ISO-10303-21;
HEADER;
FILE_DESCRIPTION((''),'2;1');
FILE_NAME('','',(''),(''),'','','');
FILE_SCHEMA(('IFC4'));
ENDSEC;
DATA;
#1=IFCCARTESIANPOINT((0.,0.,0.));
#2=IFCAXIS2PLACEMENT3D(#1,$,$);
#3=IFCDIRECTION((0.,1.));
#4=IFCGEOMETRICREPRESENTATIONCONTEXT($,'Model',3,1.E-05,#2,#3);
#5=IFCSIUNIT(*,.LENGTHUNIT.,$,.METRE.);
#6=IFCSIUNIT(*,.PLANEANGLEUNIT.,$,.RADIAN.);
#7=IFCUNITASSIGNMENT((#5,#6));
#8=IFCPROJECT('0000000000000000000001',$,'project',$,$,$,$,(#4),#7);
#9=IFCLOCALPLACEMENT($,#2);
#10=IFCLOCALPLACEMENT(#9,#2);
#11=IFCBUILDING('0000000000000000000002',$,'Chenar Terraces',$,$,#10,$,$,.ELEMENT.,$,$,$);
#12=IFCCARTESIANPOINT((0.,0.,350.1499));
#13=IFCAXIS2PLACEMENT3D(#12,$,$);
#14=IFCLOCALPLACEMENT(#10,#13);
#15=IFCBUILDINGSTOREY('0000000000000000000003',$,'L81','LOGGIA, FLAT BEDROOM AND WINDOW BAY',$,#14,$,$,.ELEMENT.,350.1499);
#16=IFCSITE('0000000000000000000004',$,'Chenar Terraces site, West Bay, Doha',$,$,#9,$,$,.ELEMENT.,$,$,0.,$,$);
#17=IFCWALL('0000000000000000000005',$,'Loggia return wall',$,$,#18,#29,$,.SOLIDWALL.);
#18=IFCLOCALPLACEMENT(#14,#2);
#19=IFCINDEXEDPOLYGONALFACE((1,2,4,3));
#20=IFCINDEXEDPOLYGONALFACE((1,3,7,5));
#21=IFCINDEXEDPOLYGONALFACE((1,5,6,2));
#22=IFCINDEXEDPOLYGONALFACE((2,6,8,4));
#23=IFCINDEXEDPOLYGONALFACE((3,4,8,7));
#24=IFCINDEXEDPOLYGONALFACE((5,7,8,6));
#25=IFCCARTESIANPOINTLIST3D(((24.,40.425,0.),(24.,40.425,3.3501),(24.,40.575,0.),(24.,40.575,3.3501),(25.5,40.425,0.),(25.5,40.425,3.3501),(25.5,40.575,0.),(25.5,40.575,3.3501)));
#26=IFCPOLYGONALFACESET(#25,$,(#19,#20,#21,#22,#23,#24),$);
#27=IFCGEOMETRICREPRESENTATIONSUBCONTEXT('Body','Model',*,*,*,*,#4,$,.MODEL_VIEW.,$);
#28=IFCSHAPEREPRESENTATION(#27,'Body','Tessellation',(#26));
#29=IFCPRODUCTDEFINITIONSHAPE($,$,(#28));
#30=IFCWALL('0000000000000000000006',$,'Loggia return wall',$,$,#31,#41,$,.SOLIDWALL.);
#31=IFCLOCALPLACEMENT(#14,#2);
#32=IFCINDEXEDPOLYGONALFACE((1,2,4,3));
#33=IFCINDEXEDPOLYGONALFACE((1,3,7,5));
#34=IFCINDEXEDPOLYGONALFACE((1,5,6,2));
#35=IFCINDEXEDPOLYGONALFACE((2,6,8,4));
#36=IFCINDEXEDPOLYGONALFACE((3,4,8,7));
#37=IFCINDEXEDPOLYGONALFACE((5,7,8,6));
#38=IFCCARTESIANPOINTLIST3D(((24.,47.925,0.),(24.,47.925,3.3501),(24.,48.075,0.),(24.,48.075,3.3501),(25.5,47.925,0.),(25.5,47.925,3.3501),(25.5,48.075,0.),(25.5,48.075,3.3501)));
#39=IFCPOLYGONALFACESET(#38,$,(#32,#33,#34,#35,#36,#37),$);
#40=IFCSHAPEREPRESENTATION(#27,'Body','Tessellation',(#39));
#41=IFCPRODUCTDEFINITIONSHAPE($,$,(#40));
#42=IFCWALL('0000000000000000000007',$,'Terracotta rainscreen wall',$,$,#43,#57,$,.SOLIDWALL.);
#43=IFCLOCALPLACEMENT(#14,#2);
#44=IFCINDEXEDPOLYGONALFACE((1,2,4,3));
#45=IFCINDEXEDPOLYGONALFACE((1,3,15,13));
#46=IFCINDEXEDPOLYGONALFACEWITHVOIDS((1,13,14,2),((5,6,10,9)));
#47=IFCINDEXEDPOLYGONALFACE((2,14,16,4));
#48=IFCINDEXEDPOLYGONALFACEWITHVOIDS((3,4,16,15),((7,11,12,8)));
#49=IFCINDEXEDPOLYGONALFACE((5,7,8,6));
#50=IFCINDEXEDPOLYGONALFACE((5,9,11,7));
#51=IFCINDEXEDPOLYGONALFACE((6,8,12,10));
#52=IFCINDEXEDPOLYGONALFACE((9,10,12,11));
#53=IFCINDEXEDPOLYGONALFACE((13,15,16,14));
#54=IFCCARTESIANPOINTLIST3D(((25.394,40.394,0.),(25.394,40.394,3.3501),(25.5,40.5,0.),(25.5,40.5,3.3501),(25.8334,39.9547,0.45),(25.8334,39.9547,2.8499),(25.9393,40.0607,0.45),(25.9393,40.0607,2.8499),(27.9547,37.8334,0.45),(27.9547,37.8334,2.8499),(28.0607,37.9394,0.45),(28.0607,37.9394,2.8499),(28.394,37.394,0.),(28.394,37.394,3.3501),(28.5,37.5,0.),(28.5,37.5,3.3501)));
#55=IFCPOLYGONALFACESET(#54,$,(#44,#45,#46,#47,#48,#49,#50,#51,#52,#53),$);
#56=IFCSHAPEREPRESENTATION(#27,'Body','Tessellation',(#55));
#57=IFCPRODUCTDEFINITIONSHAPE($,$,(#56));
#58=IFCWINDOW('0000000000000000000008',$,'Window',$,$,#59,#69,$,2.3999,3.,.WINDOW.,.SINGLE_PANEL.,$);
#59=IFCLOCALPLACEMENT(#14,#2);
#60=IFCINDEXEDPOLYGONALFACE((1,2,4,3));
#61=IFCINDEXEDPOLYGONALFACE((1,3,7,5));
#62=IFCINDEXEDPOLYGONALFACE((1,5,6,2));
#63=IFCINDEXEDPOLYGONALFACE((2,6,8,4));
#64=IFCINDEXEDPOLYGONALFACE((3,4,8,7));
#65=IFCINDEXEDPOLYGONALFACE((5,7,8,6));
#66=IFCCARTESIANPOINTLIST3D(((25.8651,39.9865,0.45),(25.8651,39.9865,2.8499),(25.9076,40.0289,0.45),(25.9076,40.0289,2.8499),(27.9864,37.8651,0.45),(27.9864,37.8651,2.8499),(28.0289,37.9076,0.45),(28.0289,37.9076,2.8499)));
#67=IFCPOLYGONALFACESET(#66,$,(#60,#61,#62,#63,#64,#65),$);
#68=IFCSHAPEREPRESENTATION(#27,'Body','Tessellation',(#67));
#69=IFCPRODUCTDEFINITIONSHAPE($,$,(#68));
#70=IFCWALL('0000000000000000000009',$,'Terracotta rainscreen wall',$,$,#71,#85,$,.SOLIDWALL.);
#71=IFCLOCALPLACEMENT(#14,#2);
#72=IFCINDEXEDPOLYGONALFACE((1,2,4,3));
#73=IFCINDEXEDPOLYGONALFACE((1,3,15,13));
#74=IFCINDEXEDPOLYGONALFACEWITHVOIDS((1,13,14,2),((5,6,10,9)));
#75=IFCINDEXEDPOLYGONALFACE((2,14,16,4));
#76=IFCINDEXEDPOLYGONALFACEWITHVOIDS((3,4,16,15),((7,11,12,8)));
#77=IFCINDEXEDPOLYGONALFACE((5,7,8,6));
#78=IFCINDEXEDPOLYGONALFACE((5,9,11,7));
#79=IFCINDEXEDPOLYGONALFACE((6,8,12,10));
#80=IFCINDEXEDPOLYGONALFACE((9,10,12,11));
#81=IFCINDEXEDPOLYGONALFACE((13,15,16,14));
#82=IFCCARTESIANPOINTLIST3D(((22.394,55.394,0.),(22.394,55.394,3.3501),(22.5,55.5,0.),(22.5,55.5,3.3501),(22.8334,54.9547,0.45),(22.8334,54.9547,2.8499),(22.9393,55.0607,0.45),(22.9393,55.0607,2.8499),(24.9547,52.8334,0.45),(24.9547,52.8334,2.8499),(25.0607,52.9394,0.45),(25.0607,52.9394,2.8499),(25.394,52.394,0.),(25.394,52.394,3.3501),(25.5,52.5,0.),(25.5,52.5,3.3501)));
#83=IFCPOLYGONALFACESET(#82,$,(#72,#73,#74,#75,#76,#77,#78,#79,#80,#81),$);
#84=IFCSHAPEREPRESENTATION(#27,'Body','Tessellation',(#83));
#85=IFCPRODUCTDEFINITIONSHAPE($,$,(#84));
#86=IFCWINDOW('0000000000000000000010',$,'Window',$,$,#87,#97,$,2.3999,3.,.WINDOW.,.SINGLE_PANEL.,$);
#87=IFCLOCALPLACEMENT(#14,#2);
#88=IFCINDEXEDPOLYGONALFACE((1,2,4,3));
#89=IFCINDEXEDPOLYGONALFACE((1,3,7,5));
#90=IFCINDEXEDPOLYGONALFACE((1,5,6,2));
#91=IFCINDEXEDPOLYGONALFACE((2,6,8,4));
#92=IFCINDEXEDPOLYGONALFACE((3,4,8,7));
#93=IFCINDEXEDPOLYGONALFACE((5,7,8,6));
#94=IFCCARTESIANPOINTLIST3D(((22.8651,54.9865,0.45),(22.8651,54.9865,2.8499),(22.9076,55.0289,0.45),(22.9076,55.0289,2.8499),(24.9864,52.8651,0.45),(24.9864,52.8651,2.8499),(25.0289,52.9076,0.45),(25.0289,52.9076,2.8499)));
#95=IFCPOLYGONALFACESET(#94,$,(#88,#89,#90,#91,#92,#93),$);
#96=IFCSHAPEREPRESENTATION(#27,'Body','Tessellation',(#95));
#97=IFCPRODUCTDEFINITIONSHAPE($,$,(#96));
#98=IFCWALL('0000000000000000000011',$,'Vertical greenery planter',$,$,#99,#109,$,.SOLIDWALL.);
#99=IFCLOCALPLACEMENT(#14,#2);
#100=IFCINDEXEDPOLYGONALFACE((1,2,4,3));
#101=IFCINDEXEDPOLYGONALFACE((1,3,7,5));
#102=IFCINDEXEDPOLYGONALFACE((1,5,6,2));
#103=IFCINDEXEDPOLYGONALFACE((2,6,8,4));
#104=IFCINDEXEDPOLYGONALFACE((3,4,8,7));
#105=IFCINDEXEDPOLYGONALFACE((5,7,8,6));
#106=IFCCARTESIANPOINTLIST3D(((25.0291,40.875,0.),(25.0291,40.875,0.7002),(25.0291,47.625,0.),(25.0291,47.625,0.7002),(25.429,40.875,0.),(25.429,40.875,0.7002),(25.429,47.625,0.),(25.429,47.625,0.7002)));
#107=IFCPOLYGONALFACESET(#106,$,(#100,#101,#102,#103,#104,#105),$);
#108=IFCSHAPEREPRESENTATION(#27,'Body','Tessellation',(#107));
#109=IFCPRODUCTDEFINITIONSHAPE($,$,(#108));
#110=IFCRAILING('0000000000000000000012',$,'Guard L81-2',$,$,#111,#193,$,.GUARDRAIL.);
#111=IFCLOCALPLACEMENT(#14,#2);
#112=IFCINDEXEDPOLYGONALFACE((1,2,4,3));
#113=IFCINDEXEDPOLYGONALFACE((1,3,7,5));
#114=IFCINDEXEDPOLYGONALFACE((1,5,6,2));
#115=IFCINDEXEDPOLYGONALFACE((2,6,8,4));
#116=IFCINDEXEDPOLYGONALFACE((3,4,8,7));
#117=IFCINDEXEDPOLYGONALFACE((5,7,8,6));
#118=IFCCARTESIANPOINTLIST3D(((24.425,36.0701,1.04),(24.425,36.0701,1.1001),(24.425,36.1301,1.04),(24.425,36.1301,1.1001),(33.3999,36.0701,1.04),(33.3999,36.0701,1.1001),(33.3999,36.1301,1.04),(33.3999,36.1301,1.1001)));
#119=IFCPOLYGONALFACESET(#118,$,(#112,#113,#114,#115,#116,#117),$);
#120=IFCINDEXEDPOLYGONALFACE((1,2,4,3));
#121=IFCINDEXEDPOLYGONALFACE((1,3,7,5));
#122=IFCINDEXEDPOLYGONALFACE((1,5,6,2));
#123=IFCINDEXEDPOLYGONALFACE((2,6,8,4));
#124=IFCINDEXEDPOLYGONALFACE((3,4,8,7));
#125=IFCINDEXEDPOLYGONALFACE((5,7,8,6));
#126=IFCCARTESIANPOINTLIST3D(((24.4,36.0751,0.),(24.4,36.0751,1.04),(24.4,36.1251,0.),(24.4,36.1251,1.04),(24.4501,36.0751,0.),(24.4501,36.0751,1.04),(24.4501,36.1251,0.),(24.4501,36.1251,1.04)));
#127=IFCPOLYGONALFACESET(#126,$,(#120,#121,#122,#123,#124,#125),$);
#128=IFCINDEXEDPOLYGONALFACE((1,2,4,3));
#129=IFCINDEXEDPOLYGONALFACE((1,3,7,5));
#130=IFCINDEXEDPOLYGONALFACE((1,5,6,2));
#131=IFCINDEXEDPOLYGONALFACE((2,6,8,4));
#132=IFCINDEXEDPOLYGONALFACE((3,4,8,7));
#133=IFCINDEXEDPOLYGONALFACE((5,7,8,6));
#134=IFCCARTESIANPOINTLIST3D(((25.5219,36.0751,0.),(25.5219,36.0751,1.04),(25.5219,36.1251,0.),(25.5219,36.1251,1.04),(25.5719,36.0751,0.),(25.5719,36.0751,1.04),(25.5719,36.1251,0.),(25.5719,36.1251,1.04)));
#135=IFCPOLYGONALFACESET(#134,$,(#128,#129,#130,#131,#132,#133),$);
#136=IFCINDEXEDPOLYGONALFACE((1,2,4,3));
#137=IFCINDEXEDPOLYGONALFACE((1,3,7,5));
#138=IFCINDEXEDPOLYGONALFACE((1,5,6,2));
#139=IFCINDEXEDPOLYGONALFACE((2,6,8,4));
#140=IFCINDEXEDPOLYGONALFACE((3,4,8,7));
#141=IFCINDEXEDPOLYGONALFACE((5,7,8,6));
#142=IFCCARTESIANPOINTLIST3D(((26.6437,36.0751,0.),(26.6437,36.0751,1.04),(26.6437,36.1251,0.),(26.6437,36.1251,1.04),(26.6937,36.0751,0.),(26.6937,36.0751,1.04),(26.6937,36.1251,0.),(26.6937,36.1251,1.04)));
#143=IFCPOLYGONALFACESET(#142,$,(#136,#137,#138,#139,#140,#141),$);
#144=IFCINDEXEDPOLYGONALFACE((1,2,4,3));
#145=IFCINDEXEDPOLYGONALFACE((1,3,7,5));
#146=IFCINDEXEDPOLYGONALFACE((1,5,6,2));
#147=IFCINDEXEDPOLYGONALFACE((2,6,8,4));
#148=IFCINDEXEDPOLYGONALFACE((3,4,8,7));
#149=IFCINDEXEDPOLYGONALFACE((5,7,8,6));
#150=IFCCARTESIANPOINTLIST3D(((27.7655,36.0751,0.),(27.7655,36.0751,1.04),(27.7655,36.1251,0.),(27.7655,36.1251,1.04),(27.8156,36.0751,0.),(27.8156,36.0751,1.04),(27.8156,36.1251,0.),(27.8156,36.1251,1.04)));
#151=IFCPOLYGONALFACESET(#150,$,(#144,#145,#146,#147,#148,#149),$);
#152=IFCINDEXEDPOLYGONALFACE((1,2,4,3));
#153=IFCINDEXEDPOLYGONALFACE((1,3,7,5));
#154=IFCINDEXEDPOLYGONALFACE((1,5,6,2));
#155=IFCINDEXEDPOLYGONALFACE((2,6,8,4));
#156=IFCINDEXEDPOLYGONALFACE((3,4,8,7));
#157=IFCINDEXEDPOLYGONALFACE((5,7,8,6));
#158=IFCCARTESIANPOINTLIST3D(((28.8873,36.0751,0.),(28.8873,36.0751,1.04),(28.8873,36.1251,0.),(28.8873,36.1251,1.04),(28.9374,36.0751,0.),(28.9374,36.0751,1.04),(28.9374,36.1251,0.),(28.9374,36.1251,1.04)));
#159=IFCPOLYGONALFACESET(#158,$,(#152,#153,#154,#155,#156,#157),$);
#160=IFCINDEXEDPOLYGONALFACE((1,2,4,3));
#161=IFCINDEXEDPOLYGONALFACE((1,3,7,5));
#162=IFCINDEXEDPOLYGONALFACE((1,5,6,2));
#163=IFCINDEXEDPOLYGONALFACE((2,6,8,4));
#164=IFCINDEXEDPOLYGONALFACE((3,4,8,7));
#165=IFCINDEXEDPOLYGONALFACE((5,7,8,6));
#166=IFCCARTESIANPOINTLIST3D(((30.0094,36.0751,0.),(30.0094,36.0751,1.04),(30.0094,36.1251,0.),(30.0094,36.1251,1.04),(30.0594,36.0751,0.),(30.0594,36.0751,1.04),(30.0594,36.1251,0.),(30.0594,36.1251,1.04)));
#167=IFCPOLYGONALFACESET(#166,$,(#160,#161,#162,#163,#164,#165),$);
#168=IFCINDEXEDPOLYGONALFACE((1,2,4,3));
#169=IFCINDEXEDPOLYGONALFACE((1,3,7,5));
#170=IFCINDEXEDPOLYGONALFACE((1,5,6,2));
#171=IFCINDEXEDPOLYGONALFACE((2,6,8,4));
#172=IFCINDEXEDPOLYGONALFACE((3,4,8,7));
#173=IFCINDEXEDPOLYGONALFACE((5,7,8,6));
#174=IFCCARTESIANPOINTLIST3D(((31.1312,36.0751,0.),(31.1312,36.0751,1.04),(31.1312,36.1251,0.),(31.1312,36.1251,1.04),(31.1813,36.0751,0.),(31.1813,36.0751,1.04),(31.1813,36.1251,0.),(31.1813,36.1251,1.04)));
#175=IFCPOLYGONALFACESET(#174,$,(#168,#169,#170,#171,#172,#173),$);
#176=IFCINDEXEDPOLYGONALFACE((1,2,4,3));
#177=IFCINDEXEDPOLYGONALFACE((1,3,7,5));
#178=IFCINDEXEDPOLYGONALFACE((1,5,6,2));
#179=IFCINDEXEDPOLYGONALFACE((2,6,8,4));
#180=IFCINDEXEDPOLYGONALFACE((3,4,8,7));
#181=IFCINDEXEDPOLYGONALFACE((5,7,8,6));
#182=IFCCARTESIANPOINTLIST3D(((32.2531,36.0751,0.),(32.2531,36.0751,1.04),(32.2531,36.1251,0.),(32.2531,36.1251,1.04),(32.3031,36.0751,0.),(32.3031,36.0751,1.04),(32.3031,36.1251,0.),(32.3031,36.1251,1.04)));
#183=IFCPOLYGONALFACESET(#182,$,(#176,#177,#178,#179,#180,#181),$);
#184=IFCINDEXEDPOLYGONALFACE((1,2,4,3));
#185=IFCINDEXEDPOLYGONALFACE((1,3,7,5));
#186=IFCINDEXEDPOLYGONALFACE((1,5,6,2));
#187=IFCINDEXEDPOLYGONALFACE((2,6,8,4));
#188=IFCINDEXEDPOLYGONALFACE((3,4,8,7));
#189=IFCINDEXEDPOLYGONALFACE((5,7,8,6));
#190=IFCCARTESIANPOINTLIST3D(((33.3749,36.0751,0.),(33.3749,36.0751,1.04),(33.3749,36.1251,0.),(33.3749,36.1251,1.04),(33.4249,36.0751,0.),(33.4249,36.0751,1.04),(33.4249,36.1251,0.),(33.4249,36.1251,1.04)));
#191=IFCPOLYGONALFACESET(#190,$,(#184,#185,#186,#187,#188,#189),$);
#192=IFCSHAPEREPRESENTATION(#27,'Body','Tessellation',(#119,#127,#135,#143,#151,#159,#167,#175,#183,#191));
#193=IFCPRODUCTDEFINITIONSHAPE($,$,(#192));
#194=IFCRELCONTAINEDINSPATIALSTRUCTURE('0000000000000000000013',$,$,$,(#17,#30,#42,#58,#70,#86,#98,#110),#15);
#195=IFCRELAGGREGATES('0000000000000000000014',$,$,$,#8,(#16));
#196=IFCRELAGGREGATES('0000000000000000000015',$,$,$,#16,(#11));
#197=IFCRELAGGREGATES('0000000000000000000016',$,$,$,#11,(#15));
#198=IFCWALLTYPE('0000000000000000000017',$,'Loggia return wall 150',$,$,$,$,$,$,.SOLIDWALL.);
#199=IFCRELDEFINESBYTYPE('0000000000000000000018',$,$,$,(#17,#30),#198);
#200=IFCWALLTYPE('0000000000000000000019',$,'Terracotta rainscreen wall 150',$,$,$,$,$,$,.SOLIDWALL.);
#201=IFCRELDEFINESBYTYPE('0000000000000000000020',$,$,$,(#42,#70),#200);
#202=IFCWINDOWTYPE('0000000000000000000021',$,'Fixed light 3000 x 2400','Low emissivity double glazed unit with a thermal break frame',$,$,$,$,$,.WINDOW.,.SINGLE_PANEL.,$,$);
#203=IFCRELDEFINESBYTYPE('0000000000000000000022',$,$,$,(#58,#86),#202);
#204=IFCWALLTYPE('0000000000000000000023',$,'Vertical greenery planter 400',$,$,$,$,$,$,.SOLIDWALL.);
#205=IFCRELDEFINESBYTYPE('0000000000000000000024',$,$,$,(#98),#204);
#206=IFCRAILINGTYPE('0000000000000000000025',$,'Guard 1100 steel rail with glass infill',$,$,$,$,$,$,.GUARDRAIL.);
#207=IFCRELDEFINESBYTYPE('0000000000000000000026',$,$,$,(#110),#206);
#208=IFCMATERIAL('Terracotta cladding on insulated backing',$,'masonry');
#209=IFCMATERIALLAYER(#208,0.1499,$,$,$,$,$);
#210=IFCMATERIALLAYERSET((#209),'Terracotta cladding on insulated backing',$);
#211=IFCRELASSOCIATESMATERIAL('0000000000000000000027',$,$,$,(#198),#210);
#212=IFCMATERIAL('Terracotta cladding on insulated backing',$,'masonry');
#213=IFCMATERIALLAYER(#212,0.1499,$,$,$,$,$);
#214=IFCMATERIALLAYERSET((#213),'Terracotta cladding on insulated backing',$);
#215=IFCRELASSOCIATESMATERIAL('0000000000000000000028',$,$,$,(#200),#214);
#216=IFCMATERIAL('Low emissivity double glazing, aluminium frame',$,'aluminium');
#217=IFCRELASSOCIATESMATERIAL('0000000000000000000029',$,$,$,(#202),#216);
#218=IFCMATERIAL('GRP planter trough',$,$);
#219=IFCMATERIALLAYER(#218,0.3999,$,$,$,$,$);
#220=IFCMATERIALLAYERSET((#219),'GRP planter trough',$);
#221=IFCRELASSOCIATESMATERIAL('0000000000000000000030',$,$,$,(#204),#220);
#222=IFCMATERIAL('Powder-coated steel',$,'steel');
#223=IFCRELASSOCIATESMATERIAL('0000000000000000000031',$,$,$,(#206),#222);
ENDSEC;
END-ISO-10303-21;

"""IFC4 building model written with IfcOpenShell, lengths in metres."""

from ifc_helpers import new_model, si_unit, direction, frame, frame_2d, origin, origin_2d, place, context, subcontext, project, spatial, rectangle, extrude, material, layer, layer_set, type_object, element, fill, save


model = new_model("IFC4")

# Units and contexts
model_context = context("Model", 3, precision=1e-05, world=origin(), true_north=direction((0.0, 1.0)))
body_context = subcontext(model_context, "Body", "Model", "MODEL_VIEW")
ifc_project = project(units=[si_unit("LENGTHUNIT", "METRE"), si_unit("PLANEANGLEUNIT", "RADIAN")], contexts=[model_context])

# Site, building, storey
site_placement = place(None, origin())
site = spatial("IfcSite", under=ifc_project, at=site_placement, Name="Chenar Terraces site, West Bay, Doha", CompositionType="ELEMENT", RefElevation=0.0)
building_placement = place(site_placement, origin())
building = spatial("IfcBuilding", under=site, at=building_placement, Name="Chenar Terraces", CompositionType="ELEMENT")
storey_placement = place(building_placement, frame((0.0, 0.0, 350.1499)))
storey = spatial("IfcBuildingStorey", under=building, at=storey_placement, Name="L81", Description="LOGGIA, FLAT BEDROOM AND WINDOW BAY", CompositionType="ELEMENT", Elevation=350.1499)

# Walls
ifc_material_1 = material(Name="Terracotta cladding on insulated backing", Category="masonry")
ifc_layer_1 = layer(ifc_material_1, 0.1499)
ifc_layer_set_1 = layer_set([ifc_layer_1], Name="Terracotta cladding on insulated backing")
wall_type_1 = type_object("IfcWallType", Name="Loggia return wall 150", PredefinedType="SOLIDWALL", material=ifc_layer_set_1)
for number, where, z_axis, x_axis, name in (
    (1, (25.5, 40.5, 0.0), (0.0, 0.0, 1.0), (-1.0, 0.0, 0.0), "Loggia return wall"),
    (2, (25.5, 48.0, 0.0), (0.0, 0.0, 1.0), (-1.0, 0.0, 0.0), "Loggia return wall"),
):
    element("IfcWall", number, at=place(storey_placement, frame(where, z_axis=z_axis, x_axis=x_axis)), inside=storey, type_object=wall_type_1, Name=name, PredefinedType="SOLIDWALL", context=body_context, shape_type="SweptSolid", body=[
        extrude(rectangle(XDim=1.5, YDim=0.1499, at=frame_2d((0.75, 0.0))), origin(), (0.0, 0.0, 1.0), 3.3501),
    ])

# Walls, openings, windows
ifc_material_2 = material(Name="Terracotta cladding on insulated backing", Category="masonry")
ifc_layer_2 = layer(ifc_material_2, 0.1499)
ifc_layer_set_2 = layer_set([ifc_layer_2], Name="Terracotta cladding on insulated backing")
wall_type_2 = type_object("IfcWallType", Name="Terracotta rainscreen wall 150", PredefinedType="SOLIDWALL", material=ifc_layer_set_2)
wall_1_placement = place(storey_placement, frame((28.447, 37.447, 0.0), z_axis=(0.0, 0.0, 1.0), x_axis=(-0.707107, 0.707107, 0.0)))
wall_1 = element("IfcWall", 3, at=wall_1_placement, inside=storey, type_object=wall_type_2, Name="Terracotta rainscreen wall", PredefinedType="SOLIDWALL", context=body_context, shape_type="SweptSolid", body=[
    extrude(rectangle(XDim=4.2427, YDim=0.1499, at=frame_2d((2.1213, 0.0))), origin(), (0.0, 0.0, 1.0), 3.3501),
])
opening_1_placement = place(wall_1_placement, frame((0.6213, 0.0, 0.45)))
opening_1 = element("IfcOpeningElement", 4, at=opening_1_placement, cuts=wall_1, PredefinedType="OPENING", context=body_context, shape_type="SweptSolid", body=[
    extrude(rectangle(XDim=3.0, YDim=2.3999, at=frame_2d((1.5, 1.2))), frame((0.0, 0.085, 0.0), z_axis=(0.0, -1.0, 0.0), x_axis=(1.0, 0.0, 0.0)), (0.0, 0.0, 1.0), 0.1699),
])
ifc_material_3 = material(Name="Low emissivity double glazing, aluminium frame", Category="aluminium")
window_type_1 = type_object("IfcWindowType", Name="Fixed light 3000 x 2400", Description="Low emissivity double glazed unit with a thermal break frame", PartitioningType="SINGLE_PANEL", PredefinedType="WINDOW", material=ifc_material_3)
window_1_placement = place(opening_1_placement, origin())
window_1 = element("IfcWindow", 5, at=window_1_placement, inside=storey, type_object=window_type_1, Name="Window", OverallHeight=2.3999, OverallWidth=3.0, PartitioningType="SINGLE_PANEL", PredefinedType="WINDOW", context=body_context, shape_type="SweptSolid", body=[
    extrude(rectangle(XDim=3.0, YDim=2.3999, at=frame_2d((1.5, 1.2))), frame((0.0, 0.03, 0.0), z_axis=(0.0, -1.0, 0.0), x_axis=(1.0, 0.0, 0.0)), (0.0, 0.0, 1.0), 0.0601),
])
fill(opening_1, window_1)
wall_2_placement = place(storey_placement, frame((25.447, 52.447, 0.0), z_axis=(0.0, 0.0, 1.0), x_axis=(-0.707107, 0.707107, 0.0)))
wall_2 = element("IfcWall", 6, at=wall_2_placement, inside=storey, type_object=wall_type_2, Name="Terracotta rainscreen wall", PredefinedType="SOLIDWALL", context=body_context, shape_type="SweptSolid", body=[
    extrude(rectangle(XDim=4.2427, YDim=0.1499, at=frame_2d((2.1213, 0.0))), origin(), (0.0, 0.0, 1.0), 3.3501),
])
opening_2_placement = place(wall_2_placement, frame((0.6213, 0.0, 0.45)))
opening_2 = element("IfcOpeningElement", 7, at=opening_2_placement, cuts=wall_2, PredefinedType="OPENING", context=body_context, shape_type="SweptSolid", body=[
    extrude(rectangle(XDim=3.0, YDim=2.3999, at=frame_2d((1.5, 1.2))), frame((0.0, 0.085, 0.0), z_axis=(0.0, -1.0, 0.0), x_axis=(1.0, 0.0, 0.0)), (0.0, 0.0, 1.0), 0.1699),
])
window_2_placement = place(opening_2_placement, origin())
window_2 = element("IfcWindow", 8, at=window_2_placement, inside=storey, type_object=window_type_1, Name="Window", OverallHeight=2.3999, OverallWidth=3.0, PartitioningType="SINGLE_PANEL", PredefinedType="WINDOW", context=body_context, shape_type="SweptSolid", body=[
    extrude(rectangle(XDim=3.0, YDim=2.3999, at=frame_2d((1.5, 1.2))), frame((0.0, 0.03, 0.0), z_axis=(0.0, -1.0, 0.0), x_axis=(1.0, 0.0, 0.0)), (0.0, 0.0, 1.0), 0.0601),
])
fill(opening_2, window_2)

# Wall
ifc_material_4 = material(Name="GRP planter trough")
ifc_layer_3 = layer(ifc_material_4, 0.3999)
ifc_layer_set_3 = layer_set([ifc_layer_3], Name="GRP planter trough")
wall_type_3 = type_object("IfcWallType", Name="Vertical greenery planter 400", PredefinedType="SOLIDWALL", material=ifc_layer_set_3)
wall_3_placement = place(storey_placement, frame((25.229, 40.875, 0.0), z_axis=(0.0, 0.0, 1.0), x_axis=(0.0, 1.0, 0.0)))
element("IfcWall", 9, at=wall_3_placement, inside=storey, type_object=wall_type_3, Name="Vertical greenery planter", PredefinedType="SOLIDWALL", context=body_context, shape_type="SweptSolid", body=[
    extrude(rectangle(XDim=6.75, YDim=0.3999, at=frame_2d((3.375, 0.0))), origin(), (0.0, 0.0, 1.0), 0.7002),
])

# Railing
ifc_material_5 = material(Name="Powder-coated steel", Category="steel")
railing_type_1 = type_object("IfcRailingType", Name="Guard 1100 steel rail with glass infill", PredefinedType="GUARDRAIL", material=ifc_material_5)
railing_1_placement = place(storey_placement, frame((24.425, 36.1001, 0.0)))
element("IfcRailing", 10, at=railing_1_placement, inside=storey, type_object=railing_type_1, Name="Guard L81-2", PredefinedType="GUARDRAIL", context=body_context, shape_type="SweptSolid", body=[
    extrude(rectangle(XDim=0.0601, YDim=0.0601, at=origin_2d()), frame((0.0, 0.0, 1.0701), z_axis=(1.0, 0.0, 0.0), x_axis=(0.0, 1.0, 0.0)), (0.0, 0.0, 1.0), 8.9749),
    extrude(rectangle(XDim=0.05, YDim=0.05, at=origin_2d()), origin(), (0.0, 0.0, 1.0), 1.04),
    extrude(rectangle(XDim=0.05, YDim=0.05, at=origin_2d()), frame((1.1218, 0.0, 0.0)), (0.0, 0.0, 1.0), 1.04),
    extrude(rectangle(XDim=0.05, YDim=0.05, at=origin_2d()), frame((2.2437, 0.0, 0.0)), (0.0, 0.0, 1.0), 1.04),
    extrude(rectangle(XDim=0.05, YDim=0.05, at=origin_2d()), frame((3.3655, 0.0, 0.0)), (0.0, 0.0, 1.0), 1.04),
    extrude(rectangle(XDim=0.05, YDim=0.05, at=origin_2d()), frame((4.4873, 0.0, 0.0)), (0.0, 0.0, 1.0), 1.04),
    extrude(rectangle(XDim=0.05, YDim=0.05, at=origin_2d()), frame((5.6094, 0.0, 0.0)), (0.0, 0.0, 1.0), 1.04),
    extrude(rectangle(XDim=0.05, YDim=0.05, at=origin_2d()), frame((6.7312, 0.0, 0.0)), (0.0, 0.0, 1.0), 1.04),
    extrude(rectangle(XDim=0.05, YDim=0.05, at=origin_2d()), frame((7.853, 0.0, 0.0)), (0.0, 0.0, 1.0), 1.04),
    extrude(rectangle(XDim=0.05, YDim=0.05, at=origin_2d()), frame((8.9749, 0.0, 0.0)), (0.0, 0.0, 1.0), 1.04),
])

save(model, "model.ifc")
